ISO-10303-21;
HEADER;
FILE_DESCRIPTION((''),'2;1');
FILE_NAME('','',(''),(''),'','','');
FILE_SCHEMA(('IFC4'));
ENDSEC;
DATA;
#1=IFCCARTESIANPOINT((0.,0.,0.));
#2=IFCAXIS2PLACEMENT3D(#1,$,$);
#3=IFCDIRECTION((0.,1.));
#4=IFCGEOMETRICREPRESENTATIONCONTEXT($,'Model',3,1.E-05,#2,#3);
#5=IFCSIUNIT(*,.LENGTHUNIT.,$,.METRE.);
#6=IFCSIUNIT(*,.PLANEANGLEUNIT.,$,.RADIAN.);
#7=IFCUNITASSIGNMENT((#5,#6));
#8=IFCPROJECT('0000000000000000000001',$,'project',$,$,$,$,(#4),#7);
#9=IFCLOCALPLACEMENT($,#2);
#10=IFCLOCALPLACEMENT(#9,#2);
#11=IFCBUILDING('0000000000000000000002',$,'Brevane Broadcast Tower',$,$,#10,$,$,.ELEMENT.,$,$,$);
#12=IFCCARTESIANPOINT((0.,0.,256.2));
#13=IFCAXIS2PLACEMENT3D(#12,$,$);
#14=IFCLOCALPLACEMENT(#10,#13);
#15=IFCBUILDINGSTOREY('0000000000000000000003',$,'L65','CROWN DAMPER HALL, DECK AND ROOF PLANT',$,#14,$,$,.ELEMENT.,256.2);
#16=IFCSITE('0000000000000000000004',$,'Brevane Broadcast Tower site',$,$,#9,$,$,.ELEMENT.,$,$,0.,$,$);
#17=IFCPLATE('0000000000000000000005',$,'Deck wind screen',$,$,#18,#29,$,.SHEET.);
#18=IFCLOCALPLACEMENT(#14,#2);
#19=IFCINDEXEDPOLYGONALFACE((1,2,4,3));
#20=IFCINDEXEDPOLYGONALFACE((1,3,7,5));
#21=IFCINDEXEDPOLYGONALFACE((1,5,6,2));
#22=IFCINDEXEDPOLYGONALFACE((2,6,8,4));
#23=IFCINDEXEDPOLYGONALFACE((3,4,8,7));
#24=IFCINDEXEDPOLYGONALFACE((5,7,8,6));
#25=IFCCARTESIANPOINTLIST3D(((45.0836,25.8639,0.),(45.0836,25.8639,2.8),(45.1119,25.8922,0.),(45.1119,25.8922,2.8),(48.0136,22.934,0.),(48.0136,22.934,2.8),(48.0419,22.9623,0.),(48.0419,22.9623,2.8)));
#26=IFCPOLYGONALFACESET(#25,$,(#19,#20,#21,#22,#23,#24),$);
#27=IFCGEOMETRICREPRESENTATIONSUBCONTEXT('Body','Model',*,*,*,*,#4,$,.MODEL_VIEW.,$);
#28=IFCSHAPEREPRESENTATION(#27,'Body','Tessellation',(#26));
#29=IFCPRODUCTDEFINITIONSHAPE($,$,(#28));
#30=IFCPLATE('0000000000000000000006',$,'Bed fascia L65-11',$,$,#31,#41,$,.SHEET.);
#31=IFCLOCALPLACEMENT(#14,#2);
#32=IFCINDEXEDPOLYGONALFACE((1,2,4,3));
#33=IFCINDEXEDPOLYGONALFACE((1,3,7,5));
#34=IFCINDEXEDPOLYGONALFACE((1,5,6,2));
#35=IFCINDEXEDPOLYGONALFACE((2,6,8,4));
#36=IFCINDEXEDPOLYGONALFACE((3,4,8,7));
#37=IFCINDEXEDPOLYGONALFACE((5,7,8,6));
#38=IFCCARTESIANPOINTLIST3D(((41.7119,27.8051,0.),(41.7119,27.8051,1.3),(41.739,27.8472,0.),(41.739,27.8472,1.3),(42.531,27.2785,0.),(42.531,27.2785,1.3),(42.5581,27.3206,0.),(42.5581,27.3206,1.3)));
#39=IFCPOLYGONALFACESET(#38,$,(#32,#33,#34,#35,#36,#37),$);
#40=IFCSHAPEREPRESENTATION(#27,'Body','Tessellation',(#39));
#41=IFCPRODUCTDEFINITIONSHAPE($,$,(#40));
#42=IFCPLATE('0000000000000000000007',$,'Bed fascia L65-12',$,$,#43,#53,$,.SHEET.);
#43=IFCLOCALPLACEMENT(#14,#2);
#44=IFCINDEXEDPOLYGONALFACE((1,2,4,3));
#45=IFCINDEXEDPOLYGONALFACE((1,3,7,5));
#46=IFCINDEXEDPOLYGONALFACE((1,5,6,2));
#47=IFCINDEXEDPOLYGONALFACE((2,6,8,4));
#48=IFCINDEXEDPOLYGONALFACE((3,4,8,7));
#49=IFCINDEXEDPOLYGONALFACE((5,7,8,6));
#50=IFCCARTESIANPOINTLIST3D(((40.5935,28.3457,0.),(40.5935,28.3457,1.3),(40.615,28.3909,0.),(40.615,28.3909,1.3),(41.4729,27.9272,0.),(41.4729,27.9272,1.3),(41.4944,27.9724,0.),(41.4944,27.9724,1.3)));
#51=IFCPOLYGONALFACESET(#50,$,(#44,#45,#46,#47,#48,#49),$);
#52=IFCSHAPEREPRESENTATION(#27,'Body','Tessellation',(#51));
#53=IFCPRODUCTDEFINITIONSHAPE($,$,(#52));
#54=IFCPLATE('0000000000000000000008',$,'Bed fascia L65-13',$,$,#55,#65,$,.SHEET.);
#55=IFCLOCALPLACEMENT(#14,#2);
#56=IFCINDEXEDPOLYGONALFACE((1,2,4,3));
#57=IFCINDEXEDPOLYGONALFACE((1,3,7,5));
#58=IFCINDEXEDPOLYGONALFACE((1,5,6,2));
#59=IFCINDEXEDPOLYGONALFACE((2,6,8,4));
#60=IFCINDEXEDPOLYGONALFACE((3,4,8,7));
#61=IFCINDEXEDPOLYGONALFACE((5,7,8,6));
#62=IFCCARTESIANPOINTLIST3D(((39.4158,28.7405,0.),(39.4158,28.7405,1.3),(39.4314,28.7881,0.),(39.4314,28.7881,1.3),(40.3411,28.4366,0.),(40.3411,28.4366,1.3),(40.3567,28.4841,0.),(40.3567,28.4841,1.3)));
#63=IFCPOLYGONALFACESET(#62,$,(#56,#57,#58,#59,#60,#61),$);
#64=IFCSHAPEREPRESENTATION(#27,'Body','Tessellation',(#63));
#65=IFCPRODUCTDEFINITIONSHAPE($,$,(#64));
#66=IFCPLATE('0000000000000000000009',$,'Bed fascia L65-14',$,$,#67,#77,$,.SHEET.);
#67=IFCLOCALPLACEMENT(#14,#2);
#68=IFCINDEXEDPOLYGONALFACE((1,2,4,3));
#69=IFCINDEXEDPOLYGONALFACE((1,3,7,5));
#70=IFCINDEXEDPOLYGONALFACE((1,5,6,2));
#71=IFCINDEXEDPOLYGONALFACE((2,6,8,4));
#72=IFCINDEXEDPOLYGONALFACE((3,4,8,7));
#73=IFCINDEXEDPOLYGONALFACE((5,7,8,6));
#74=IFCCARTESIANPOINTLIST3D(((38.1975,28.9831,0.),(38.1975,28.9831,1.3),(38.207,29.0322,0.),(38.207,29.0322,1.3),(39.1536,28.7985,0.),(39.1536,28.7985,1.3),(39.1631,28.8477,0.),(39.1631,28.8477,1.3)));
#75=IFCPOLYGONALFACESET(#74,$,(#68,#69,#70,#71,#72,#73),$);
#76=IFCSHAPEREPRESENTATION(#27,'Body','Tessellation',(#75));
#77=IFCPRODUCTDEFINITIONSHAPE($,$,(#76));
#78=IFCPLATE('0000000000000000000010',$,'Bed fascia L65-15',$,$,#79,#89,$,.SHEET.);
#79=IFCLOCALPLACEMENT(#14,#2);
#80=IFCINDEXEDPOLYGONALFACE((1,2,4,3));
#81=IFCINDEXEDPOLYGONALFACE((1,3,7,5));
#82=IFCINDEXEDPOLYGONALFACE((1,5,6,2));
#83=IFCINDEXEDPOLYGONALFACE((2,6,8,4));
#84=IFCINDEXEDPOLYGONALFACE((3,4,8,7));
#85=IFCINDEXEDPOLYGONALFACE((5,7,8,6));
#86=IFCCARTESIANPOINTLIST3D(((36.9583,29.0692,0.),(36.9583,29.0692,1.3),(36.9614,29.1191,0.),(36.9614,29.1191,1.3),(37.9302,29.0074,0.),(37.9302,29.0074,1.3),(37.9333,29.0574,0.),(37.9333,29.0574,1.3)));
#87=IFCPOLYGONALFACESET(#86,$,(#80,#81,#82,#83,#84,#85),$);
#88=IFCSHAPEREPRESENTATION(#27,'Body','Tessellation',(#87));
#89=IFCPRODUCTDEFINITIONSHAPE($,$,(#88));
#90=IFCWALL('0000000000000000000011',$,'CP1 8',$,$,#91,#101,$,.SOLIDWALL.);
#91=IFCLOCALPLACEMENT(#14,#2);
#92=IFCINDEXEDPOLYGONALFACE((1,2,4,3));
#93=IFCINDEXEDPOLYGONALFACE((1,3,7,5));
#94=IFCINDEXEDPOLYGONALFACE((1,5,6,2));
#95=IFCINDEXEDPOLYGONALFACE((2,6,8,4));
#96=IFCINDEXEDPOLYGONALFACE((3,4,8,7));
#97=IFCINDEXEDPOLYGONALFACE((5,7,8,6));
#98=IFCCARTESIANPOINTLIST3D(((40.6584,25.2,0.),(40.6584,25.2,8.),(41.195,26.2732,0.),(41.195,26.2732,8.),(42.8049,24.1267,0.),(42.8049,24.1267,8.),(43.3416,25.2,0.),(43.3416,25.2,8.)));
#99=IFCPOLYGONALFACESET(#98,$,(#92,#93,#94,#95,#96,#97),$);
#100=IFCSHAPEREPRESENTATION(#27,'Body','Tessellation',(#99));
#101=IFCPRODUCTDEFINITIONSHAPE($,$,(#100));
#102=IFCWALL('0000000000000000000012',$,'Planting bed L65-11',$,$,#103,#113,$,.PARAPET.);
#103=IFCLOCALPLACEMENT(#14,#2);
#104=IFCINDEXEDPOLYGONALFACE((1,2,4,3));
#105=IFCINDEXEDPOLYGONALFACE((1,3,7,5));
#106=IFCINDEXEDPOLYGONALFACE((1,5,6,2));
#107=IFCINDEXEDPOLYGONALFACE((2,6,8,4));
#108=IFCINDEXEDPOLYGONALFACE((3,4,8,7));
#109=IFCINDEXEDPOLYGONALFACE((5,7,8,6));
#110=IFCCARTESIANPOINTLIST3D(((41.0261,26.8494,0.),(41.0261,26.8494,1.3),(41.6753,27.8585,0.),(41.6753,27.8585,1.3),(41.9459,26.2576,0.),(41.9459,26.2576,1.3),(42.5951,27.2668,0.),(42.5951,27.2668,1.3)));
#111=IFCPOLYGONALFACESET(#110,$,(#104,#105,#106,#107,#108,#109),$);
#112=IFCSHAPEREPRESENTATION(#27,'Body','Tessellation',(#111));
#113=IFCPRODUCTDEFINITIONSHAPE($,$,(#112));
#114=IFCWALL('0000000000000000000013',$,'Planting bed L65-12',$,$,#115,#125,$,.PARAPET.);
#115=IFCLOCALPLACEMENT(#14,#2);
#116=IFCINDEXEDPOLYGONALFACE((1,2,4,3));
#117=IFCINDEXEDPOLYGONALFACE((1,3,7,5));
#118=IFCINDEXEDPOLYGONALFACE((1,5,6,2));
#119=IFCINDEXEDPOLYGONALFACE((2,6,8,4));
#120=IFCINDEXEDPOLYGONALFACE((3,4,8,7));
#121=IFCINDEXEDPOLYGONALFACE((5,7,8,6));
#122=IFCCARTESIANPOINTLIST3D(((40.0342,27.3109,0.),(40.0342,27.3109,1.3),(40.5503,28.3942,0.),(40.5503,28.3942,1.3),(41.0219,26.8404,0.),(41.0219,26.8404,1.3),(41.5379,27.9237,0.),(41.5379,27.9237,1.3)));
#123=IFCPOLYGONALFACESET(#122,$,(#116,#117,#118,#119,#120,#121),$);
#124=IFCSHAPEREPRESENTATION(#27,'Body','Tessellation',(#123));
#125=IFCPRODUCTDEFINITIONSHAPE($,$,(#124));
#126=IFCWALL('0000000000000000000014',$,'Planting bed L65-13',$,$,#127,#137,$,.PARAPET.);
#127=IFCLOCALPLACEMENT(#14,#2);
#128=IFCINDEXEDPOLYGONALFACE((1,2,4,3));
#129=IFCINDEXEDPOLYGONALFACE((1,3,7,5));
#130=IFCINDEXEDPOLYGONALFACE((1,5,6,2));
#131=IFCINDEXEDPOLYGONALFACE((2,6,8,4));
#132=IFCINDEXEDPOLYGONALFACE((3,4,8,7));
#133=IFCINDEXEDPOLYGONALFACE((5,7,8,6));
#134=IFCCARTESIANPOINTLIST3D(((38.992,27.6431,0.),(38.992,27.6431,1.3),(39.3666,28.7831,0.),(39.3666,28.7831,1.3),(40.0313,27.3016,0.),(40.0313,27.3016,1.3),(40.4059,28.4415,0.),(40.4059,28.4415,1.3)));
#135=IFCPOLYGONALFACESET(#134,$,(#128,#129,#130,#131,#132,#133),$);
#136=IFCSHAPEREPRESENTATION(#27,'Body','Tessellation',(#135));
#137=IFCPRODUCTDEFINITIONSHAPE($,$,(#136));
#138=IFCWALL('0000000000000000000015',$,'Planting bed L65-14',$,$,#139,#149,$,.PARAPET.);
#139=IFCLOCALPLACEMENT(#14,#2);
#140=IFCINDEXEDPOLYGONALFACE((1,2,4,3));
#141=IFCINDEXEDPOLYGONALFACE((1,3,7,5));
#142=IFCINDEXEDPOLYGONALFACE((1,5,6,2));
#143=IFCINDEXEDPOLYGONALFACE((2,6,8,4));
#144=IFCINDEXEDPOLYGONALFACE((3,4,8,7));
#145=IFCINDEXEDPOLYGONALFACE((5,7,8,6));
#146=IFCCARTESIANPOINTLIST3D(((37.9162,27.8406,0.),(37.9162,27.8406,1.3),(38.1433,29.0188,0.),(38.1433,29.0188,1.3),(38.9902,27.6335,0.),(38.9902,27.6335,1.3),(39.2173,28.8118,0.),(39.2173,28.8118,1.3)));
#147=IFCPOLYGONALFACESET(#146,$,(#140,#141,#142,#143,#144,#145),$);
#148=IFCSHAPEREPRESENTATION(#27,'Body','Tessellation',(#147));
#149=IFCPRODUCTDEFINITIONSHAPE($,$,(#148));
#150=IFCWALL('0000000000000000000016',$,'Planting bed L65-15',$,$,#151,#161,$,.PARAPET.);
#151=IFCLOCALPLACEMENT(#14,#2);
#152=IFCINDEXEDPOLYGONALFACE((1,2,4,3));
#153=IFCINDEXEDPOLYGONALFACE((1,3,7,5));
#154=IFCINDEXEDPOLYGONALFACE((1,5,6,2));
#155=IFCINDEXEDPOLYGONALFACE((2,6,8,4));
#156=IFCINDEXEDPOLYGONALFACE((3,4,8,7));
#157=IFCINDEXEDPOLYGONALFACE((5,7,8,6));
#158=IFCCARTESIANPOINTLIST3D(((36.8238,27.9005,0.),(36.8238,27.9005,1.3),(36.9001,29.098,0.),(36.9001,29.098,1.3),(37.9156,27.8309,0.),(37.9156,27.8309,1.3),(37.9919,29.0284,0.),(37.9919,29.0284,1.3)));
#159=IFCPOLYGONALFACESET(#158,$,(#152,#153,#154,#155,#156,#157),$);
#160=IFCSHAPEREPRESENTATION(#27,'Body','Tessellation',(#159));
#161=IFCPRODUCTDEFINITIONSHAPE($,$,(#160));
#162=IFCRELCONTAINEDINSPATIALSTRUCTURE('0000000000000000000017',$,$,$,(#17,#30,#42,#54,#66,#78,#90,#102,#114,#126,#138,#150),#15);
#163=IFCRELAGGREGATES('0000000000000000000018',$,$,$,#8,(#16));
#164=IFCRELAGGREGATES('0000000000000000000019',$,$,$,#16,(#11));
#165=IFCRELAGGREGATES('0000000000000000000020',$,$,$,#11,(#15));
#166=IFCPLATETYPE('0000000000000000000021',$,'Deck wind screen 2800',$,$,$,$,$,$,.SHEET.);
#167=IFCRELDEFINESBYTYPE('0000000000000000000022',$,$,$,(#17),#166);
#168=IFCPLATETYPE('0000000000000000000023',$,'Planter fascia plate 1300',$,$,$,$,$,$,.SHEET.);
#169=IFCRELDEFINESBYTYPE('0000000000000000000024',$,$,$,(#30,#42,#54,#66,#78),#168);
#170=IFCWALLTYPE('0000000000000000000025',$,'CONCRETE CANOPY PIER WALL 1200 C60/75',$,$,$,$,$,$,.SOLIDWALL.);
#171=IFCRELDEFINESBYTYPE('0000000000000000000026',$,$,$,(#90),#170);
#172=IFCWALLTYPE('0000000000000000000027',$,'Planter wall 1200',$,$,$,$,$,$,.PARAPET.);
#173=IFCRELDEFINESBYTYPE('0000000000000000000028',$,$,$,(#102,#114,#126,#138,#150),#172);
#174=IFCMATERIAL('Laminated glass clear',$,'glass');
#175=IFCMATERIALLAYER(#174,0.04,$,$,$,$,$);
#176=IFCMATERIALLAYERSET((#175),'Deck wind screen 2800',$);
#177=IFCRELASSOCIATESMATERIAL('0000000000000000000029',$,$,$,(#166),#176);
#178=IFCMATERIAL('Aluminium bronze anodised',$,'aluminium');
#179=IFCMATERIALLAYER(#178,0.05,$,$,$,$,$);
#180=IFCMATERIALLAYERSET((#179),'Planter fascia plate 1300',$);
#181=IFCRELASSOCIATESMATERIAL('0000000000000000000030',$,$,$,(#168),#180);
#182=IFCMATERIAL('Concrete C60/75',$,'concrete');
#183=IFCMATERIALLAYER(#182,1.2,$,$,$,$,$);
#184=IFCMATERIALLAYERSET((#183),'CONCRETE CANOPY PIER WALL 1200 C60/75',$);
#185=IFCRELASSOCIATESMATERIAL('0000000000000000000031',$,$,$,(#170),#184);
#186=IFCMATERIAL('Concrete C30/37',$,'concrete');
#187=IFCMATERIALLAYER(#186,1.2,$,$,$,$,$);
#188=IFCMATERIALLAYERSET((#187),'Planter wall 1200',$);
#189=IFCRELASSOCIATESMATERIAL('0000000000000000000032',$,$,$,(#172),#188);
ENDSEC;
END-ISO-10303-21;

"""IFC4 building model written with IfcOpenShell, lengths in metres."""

from ifc_helpers import new_model, si_unit, direction, frame, frame_2d, origin, origin_2d, place, context, subcontext, project, spatial, polyline, rectangle, outline, extrude, material, layer, layer_set, type_object, element, save


model = new_model("IFC4")

# Units and contexts
model_context = context("Model", 3, precision=1e-05, world=origin(), true_north=direction((0.0, 1.0)))
body_context = subcontext(model_context, "Body", "Model", "MODEL_VIEW")
ifc_project = project(units=[si_unit("LENGTHUNIT", "METRE"), si_unit("PLANEANGLEUNIT", "RADIAN")], contexts=[model_context])

# Site, building, storey
site_placement = place(None, origin())
site = spatial("IfcSite", under=ifc_project, at=site_placement, Name="Brevane Broadcast Tower site", CompositionType="ELEMENT", RefElevation=0.0)
building_placement = place(site_placement, origin())
building = spatial("IfcBuilding", under=site, at=building_placement, Name="Brevane Broadcast Tower", CompositionType="ELEMENT")
storey_placement = place(building_placement, frame((0.0, 0.0, 256.2)))
storey = spatial("IfcBuildingStorey", under=building, at=storey_placement, Name="L65", Description="CROWN DAMPER HALL, DECK AND ROOF PLANT", CompositionType="ELEMENT", Elevation=256.2)

# Plates
ifc_material_1 = material(Name="Laminated glass clear", Category="glass")
ifc_layer_1 = layer(ifc_material_1, 0.04)
ifc_layer_set_1 = layer_set([ifc_layer_1], Name="Deck wind screen 2800")
plate_type_1 = type_object("IfcPlateType", Name="Deck wind screen 2800", PredefinedType="SHEET", material=ifc_layer_set_1)
plate_1_placement = place(storey_placement, frame((46.5627, 24.4131, 0.0), z_axis=(0.0, 0.0, 1.0), x_axis=(0.707107, -0.707107, 0.0)))
element("IfcPlate", 1, at=plate_1_placement, inside=storey, type_object=plate_type_1, Name="Deck wind screen", PredefinedType="SHEET", context=body_context, shape_type="SweptSolid", body=[
    extrude(rectangle(XDim=4.1436, YDim=0.04, at=origin_2d()), origin(), (0.0, 0.0, 1.0), 2.8),
])
ifc_material_2 = material(Name="Aluminium bronze anodised", Category="aluminium")
ifc_layer_2 = layer(ifc_material_2, 0.05)
ifc_layer_set_2 = layer_set([ifc_layer_2], Name="Planter fascia plate 1300")
plate_type_2 = type_object("IfcPlateType", Name="Planter fascia plate 1300", PredefinedType="SHEET", material=ifc_layer_set_2)
plate_2_placement = place(storey_placement, frame((42.5581, 27.3206, 0.0), z_axis=(0.540796, 0.841154, 0.0), x_axis=(-0.841154, 0.540796, 0.0)))
element("IfcPlate", 2, at=plate_2_placement, inside=storey, type_object=plate_type_2, Name="Bed fascia L65-11", PredefinedType="SHEET", context=body_context, shape_type="SweptSolid", body=[
    extrude(outline(polyline([(0.0, 0.0), (0.9738, 0.0), (0.9738, 1.3), (0.0, 1.3), (0.0, 0.0)])), origin(), (0.0, 0.0, -1.0), 0.05),
])
plate_3_placement = place(storey_placement, frame((41.4944, 27.9724, 0.0), z_axis=(0.429681, 0.902981, 0.0), x_axis=(-0.902981, 0.429681, 0.0)))
element("IfcPlate", 3, at=plate_3_placement, inside=storey, type_object=plate_type_2, Name="Bed fascia L65-12", PredefinedType="SHEET", context=body_context, shape_type="SweptSolid", body=[
    extrude(outline(polyline([(0.0, 0.0), (0.9739, 0.0), (0.9739, 1.3), (0.0, 1.3), (0.0, 0.0)])), origin(), (0.0, 0.0, -1.0), 0.05),
])
plate_4_placement = place(storey_placement, frame((40.3567, 28.4841, 0.0), z_axis=(0.312089, 0.950053, 0.0), x_axis=(-0.950053, 0.312089, 0.0)))
element("IfcPlate", 4, at=plate_4_placement, inside=storey, type_object=plate_type_2, Name="Bed fascia L65-13", PredefinedType="SHEET", context=body_context, shape_type="SweptSolid", body=[
    extrude(outline(polyline([(0.0, 0.0), (0.9739, 0.0), (0.9739, 1.3), (0.0, 1.3), (0.0, 0.0)])), origin(), (0.0, 0.0, -1.0), 0.05),
])
plate_5_placement = place(storey_placement, frame((39.1631, 28.8477, 0.0), z_axis=(0.189554, 0.98187, 0.0), x_axis=(-0.98187, 0.189554, 0.0)))
element("IfcPlate", 5, at=plate_5_placement, inside=storey, type_object=plate_type_2, Name="Bed fascia L65-14", PredefinedType="SHEET", context=body_context, shape_type="SweptSolid", body=[
    extrude(outline(polyline([(0.0, 0.0), (0.9737, 0.0), (0.9737, 1.3), (0.0, 1.3), (0.0, 0.0)])), origin(), (0.0, 0.0, -1.0), 0.05),
])
plate_6_placement = place(storey_placement, frame((37.9333, 29.0574, 0.0), z_axis=(0.063424, 0.997987, 0.0), x_axis=(-0.997987, 0.063424, 0.0)))
element("IfcPlate", 6, at=plate_6_placement, inside=storey, type_object=plate_type_2, Name="Bed fascia L65-15", PredefinedType="SHEET", context=body_context, shape_type="SweptSolid", body=[
    extrude(outline(polyline([(0.0, 0.0), (0.9739, 0.0), (0.9739, 1.3), (0.0, 1.3), (0.0, 0.0)])), origin(), (0.0, 0.0, -1.0), 0.05),
])

# Walls
ifc_material_3 = material(Name="Concrete C60/75", Category="concrete")
ifc_layer_3 = layer(ifc_material_3, 1.2)
ifc_layer_set_3 = layer_set([ifc_layer_3], Name="CONCRETE CANOPY PIER WALL 1200 C60/75")
wall_type_1 = type_object("IfcWallType", Name="CONCRETE CANOPY PIER WALL 1200 C60/75", PredefinedType="SOLIDWALL", material=ifc_layer_set_3)
wall_1_placement = place(storey_placement, frame((43.0732, 24.6633, 0.0), z_axis=(0.0, 0.0, 1.0), x_axis=(-0.894427, 0.447214, 0.0)))
element("IfcWall", 7, at=wall_1_placement, inside=storey, type_object=wall_type_1, Name="CP1 8", PredefinedType="SOLIDWALL", context=body_context, shape_type="SweptSolid", body=[
    extrude(rectangle(XDim=2.3999, YDim=1.2, at=frame_2d((1.2, 0.0))), origin(), (0.0, 0.0, 1.0), 8.0),
])
ifc_material_4 = material(Name="Concrete C30/37", Category="concrete")
ifc_layer_4 = layer(ifc_material_4, 1.2)
ifc_layer_set_4 = layer_set([ifc_layer_4], Name="Planter wall 1200")
wall_type_2 = type_object("IfcWallType", Name="Planter wall 1200", PredefinedType="PARAPET", material=ifc_layer_set_4)
wall_2_placement = place(storey_placement, frame((42.2705, 26.7622, 0.0), z_axis=(0.0, 0.0, 1.0), x_axis=(-0.841004, 0.541028, 0.0)))
element("IfcWall", 8, at=wall_2_placement, inside=storey, type_object=wall_type_2, Name="Planting bed L65-11", PredefinedType="PARAPET", context=body_context, shape_type="SweptSolid", body=[
    extrude(rectangle(XDim=1.0938, YDim=1.2, at=frame_2d((0.5469, 0.0))), origin(), (0.0, 0.0, 1.0), 1.3),
])
for number, where, z_axis, x_axis, name in (
    (9, (41.2798, 27.3821, 0.0), (0.0, 0.0, 1.0), (-0.90279, 0.430081, 0.0), "Planting bed L65-12"),
    (10, (40.2185, 27.8716, 0.0), (0.0, 0.0, 1.0), (-0.950014, 0.312208, 0.0), "Planting bed L65-13"),
):
    element("IfcWall", number, at=place(storey_placement, frame(where, z_axis=z_axis, x_axis=x_axis)), inside=storey, type_object=wall_type_2, Name=name, PredefinedType="PARAPET", context=body_context, shape_type="SweptSolid", body=[
        extrude(rectangle(XDim=1.094, YDim=1.2, at=frame_2d((0.5469, 0.0))), origin(), (0.0, 0.0, 1.0), 1.3),
    ])
wall_3_placement = place(storey_placement, frame((39.1038, 28.2227, 0.0), z_axis=(0.0, 0.0, 1.0), x_axis=(-0.981922, 0.189286, 0.0)))
element("IfcWall", 11, at=wall_3_placement, inside=storey, type_object=wall_type_2, Name="Planting bed L65-14", PredefinedType="PARAPET", context=body_context, shape_type="SweptSolid", body=[
    extrude(rectangle(XDim=1.0938, YDim=1.2, at=frame_2d((0.5469, 0.0))), origin(), (0.0, 0.0, 1.0), 1.3),
])
wall_4_placement = place(storey_placement, frame((37.9536, 28.4297, 0.0), z_axis=(0.0, 0.0, 1.0), x_axis=(-0.997975, 0.063601, 0.0)))
element("IfcWall", 12, at=wall_4_placement, inside=storey, type_object=wall_type_2, Name="Planting bed L65-15", PredefinedType="PARAPET", context=body_context, shape_type="SweptSolid", body=[
    extrude(rectangle(XDim=1.094, YDim=1.2, at=frame_2d((0.5469, 0.0))), origin(), (0.0, 0.0, 1.0), 1.3),
])

save(model, "model.ifc")
